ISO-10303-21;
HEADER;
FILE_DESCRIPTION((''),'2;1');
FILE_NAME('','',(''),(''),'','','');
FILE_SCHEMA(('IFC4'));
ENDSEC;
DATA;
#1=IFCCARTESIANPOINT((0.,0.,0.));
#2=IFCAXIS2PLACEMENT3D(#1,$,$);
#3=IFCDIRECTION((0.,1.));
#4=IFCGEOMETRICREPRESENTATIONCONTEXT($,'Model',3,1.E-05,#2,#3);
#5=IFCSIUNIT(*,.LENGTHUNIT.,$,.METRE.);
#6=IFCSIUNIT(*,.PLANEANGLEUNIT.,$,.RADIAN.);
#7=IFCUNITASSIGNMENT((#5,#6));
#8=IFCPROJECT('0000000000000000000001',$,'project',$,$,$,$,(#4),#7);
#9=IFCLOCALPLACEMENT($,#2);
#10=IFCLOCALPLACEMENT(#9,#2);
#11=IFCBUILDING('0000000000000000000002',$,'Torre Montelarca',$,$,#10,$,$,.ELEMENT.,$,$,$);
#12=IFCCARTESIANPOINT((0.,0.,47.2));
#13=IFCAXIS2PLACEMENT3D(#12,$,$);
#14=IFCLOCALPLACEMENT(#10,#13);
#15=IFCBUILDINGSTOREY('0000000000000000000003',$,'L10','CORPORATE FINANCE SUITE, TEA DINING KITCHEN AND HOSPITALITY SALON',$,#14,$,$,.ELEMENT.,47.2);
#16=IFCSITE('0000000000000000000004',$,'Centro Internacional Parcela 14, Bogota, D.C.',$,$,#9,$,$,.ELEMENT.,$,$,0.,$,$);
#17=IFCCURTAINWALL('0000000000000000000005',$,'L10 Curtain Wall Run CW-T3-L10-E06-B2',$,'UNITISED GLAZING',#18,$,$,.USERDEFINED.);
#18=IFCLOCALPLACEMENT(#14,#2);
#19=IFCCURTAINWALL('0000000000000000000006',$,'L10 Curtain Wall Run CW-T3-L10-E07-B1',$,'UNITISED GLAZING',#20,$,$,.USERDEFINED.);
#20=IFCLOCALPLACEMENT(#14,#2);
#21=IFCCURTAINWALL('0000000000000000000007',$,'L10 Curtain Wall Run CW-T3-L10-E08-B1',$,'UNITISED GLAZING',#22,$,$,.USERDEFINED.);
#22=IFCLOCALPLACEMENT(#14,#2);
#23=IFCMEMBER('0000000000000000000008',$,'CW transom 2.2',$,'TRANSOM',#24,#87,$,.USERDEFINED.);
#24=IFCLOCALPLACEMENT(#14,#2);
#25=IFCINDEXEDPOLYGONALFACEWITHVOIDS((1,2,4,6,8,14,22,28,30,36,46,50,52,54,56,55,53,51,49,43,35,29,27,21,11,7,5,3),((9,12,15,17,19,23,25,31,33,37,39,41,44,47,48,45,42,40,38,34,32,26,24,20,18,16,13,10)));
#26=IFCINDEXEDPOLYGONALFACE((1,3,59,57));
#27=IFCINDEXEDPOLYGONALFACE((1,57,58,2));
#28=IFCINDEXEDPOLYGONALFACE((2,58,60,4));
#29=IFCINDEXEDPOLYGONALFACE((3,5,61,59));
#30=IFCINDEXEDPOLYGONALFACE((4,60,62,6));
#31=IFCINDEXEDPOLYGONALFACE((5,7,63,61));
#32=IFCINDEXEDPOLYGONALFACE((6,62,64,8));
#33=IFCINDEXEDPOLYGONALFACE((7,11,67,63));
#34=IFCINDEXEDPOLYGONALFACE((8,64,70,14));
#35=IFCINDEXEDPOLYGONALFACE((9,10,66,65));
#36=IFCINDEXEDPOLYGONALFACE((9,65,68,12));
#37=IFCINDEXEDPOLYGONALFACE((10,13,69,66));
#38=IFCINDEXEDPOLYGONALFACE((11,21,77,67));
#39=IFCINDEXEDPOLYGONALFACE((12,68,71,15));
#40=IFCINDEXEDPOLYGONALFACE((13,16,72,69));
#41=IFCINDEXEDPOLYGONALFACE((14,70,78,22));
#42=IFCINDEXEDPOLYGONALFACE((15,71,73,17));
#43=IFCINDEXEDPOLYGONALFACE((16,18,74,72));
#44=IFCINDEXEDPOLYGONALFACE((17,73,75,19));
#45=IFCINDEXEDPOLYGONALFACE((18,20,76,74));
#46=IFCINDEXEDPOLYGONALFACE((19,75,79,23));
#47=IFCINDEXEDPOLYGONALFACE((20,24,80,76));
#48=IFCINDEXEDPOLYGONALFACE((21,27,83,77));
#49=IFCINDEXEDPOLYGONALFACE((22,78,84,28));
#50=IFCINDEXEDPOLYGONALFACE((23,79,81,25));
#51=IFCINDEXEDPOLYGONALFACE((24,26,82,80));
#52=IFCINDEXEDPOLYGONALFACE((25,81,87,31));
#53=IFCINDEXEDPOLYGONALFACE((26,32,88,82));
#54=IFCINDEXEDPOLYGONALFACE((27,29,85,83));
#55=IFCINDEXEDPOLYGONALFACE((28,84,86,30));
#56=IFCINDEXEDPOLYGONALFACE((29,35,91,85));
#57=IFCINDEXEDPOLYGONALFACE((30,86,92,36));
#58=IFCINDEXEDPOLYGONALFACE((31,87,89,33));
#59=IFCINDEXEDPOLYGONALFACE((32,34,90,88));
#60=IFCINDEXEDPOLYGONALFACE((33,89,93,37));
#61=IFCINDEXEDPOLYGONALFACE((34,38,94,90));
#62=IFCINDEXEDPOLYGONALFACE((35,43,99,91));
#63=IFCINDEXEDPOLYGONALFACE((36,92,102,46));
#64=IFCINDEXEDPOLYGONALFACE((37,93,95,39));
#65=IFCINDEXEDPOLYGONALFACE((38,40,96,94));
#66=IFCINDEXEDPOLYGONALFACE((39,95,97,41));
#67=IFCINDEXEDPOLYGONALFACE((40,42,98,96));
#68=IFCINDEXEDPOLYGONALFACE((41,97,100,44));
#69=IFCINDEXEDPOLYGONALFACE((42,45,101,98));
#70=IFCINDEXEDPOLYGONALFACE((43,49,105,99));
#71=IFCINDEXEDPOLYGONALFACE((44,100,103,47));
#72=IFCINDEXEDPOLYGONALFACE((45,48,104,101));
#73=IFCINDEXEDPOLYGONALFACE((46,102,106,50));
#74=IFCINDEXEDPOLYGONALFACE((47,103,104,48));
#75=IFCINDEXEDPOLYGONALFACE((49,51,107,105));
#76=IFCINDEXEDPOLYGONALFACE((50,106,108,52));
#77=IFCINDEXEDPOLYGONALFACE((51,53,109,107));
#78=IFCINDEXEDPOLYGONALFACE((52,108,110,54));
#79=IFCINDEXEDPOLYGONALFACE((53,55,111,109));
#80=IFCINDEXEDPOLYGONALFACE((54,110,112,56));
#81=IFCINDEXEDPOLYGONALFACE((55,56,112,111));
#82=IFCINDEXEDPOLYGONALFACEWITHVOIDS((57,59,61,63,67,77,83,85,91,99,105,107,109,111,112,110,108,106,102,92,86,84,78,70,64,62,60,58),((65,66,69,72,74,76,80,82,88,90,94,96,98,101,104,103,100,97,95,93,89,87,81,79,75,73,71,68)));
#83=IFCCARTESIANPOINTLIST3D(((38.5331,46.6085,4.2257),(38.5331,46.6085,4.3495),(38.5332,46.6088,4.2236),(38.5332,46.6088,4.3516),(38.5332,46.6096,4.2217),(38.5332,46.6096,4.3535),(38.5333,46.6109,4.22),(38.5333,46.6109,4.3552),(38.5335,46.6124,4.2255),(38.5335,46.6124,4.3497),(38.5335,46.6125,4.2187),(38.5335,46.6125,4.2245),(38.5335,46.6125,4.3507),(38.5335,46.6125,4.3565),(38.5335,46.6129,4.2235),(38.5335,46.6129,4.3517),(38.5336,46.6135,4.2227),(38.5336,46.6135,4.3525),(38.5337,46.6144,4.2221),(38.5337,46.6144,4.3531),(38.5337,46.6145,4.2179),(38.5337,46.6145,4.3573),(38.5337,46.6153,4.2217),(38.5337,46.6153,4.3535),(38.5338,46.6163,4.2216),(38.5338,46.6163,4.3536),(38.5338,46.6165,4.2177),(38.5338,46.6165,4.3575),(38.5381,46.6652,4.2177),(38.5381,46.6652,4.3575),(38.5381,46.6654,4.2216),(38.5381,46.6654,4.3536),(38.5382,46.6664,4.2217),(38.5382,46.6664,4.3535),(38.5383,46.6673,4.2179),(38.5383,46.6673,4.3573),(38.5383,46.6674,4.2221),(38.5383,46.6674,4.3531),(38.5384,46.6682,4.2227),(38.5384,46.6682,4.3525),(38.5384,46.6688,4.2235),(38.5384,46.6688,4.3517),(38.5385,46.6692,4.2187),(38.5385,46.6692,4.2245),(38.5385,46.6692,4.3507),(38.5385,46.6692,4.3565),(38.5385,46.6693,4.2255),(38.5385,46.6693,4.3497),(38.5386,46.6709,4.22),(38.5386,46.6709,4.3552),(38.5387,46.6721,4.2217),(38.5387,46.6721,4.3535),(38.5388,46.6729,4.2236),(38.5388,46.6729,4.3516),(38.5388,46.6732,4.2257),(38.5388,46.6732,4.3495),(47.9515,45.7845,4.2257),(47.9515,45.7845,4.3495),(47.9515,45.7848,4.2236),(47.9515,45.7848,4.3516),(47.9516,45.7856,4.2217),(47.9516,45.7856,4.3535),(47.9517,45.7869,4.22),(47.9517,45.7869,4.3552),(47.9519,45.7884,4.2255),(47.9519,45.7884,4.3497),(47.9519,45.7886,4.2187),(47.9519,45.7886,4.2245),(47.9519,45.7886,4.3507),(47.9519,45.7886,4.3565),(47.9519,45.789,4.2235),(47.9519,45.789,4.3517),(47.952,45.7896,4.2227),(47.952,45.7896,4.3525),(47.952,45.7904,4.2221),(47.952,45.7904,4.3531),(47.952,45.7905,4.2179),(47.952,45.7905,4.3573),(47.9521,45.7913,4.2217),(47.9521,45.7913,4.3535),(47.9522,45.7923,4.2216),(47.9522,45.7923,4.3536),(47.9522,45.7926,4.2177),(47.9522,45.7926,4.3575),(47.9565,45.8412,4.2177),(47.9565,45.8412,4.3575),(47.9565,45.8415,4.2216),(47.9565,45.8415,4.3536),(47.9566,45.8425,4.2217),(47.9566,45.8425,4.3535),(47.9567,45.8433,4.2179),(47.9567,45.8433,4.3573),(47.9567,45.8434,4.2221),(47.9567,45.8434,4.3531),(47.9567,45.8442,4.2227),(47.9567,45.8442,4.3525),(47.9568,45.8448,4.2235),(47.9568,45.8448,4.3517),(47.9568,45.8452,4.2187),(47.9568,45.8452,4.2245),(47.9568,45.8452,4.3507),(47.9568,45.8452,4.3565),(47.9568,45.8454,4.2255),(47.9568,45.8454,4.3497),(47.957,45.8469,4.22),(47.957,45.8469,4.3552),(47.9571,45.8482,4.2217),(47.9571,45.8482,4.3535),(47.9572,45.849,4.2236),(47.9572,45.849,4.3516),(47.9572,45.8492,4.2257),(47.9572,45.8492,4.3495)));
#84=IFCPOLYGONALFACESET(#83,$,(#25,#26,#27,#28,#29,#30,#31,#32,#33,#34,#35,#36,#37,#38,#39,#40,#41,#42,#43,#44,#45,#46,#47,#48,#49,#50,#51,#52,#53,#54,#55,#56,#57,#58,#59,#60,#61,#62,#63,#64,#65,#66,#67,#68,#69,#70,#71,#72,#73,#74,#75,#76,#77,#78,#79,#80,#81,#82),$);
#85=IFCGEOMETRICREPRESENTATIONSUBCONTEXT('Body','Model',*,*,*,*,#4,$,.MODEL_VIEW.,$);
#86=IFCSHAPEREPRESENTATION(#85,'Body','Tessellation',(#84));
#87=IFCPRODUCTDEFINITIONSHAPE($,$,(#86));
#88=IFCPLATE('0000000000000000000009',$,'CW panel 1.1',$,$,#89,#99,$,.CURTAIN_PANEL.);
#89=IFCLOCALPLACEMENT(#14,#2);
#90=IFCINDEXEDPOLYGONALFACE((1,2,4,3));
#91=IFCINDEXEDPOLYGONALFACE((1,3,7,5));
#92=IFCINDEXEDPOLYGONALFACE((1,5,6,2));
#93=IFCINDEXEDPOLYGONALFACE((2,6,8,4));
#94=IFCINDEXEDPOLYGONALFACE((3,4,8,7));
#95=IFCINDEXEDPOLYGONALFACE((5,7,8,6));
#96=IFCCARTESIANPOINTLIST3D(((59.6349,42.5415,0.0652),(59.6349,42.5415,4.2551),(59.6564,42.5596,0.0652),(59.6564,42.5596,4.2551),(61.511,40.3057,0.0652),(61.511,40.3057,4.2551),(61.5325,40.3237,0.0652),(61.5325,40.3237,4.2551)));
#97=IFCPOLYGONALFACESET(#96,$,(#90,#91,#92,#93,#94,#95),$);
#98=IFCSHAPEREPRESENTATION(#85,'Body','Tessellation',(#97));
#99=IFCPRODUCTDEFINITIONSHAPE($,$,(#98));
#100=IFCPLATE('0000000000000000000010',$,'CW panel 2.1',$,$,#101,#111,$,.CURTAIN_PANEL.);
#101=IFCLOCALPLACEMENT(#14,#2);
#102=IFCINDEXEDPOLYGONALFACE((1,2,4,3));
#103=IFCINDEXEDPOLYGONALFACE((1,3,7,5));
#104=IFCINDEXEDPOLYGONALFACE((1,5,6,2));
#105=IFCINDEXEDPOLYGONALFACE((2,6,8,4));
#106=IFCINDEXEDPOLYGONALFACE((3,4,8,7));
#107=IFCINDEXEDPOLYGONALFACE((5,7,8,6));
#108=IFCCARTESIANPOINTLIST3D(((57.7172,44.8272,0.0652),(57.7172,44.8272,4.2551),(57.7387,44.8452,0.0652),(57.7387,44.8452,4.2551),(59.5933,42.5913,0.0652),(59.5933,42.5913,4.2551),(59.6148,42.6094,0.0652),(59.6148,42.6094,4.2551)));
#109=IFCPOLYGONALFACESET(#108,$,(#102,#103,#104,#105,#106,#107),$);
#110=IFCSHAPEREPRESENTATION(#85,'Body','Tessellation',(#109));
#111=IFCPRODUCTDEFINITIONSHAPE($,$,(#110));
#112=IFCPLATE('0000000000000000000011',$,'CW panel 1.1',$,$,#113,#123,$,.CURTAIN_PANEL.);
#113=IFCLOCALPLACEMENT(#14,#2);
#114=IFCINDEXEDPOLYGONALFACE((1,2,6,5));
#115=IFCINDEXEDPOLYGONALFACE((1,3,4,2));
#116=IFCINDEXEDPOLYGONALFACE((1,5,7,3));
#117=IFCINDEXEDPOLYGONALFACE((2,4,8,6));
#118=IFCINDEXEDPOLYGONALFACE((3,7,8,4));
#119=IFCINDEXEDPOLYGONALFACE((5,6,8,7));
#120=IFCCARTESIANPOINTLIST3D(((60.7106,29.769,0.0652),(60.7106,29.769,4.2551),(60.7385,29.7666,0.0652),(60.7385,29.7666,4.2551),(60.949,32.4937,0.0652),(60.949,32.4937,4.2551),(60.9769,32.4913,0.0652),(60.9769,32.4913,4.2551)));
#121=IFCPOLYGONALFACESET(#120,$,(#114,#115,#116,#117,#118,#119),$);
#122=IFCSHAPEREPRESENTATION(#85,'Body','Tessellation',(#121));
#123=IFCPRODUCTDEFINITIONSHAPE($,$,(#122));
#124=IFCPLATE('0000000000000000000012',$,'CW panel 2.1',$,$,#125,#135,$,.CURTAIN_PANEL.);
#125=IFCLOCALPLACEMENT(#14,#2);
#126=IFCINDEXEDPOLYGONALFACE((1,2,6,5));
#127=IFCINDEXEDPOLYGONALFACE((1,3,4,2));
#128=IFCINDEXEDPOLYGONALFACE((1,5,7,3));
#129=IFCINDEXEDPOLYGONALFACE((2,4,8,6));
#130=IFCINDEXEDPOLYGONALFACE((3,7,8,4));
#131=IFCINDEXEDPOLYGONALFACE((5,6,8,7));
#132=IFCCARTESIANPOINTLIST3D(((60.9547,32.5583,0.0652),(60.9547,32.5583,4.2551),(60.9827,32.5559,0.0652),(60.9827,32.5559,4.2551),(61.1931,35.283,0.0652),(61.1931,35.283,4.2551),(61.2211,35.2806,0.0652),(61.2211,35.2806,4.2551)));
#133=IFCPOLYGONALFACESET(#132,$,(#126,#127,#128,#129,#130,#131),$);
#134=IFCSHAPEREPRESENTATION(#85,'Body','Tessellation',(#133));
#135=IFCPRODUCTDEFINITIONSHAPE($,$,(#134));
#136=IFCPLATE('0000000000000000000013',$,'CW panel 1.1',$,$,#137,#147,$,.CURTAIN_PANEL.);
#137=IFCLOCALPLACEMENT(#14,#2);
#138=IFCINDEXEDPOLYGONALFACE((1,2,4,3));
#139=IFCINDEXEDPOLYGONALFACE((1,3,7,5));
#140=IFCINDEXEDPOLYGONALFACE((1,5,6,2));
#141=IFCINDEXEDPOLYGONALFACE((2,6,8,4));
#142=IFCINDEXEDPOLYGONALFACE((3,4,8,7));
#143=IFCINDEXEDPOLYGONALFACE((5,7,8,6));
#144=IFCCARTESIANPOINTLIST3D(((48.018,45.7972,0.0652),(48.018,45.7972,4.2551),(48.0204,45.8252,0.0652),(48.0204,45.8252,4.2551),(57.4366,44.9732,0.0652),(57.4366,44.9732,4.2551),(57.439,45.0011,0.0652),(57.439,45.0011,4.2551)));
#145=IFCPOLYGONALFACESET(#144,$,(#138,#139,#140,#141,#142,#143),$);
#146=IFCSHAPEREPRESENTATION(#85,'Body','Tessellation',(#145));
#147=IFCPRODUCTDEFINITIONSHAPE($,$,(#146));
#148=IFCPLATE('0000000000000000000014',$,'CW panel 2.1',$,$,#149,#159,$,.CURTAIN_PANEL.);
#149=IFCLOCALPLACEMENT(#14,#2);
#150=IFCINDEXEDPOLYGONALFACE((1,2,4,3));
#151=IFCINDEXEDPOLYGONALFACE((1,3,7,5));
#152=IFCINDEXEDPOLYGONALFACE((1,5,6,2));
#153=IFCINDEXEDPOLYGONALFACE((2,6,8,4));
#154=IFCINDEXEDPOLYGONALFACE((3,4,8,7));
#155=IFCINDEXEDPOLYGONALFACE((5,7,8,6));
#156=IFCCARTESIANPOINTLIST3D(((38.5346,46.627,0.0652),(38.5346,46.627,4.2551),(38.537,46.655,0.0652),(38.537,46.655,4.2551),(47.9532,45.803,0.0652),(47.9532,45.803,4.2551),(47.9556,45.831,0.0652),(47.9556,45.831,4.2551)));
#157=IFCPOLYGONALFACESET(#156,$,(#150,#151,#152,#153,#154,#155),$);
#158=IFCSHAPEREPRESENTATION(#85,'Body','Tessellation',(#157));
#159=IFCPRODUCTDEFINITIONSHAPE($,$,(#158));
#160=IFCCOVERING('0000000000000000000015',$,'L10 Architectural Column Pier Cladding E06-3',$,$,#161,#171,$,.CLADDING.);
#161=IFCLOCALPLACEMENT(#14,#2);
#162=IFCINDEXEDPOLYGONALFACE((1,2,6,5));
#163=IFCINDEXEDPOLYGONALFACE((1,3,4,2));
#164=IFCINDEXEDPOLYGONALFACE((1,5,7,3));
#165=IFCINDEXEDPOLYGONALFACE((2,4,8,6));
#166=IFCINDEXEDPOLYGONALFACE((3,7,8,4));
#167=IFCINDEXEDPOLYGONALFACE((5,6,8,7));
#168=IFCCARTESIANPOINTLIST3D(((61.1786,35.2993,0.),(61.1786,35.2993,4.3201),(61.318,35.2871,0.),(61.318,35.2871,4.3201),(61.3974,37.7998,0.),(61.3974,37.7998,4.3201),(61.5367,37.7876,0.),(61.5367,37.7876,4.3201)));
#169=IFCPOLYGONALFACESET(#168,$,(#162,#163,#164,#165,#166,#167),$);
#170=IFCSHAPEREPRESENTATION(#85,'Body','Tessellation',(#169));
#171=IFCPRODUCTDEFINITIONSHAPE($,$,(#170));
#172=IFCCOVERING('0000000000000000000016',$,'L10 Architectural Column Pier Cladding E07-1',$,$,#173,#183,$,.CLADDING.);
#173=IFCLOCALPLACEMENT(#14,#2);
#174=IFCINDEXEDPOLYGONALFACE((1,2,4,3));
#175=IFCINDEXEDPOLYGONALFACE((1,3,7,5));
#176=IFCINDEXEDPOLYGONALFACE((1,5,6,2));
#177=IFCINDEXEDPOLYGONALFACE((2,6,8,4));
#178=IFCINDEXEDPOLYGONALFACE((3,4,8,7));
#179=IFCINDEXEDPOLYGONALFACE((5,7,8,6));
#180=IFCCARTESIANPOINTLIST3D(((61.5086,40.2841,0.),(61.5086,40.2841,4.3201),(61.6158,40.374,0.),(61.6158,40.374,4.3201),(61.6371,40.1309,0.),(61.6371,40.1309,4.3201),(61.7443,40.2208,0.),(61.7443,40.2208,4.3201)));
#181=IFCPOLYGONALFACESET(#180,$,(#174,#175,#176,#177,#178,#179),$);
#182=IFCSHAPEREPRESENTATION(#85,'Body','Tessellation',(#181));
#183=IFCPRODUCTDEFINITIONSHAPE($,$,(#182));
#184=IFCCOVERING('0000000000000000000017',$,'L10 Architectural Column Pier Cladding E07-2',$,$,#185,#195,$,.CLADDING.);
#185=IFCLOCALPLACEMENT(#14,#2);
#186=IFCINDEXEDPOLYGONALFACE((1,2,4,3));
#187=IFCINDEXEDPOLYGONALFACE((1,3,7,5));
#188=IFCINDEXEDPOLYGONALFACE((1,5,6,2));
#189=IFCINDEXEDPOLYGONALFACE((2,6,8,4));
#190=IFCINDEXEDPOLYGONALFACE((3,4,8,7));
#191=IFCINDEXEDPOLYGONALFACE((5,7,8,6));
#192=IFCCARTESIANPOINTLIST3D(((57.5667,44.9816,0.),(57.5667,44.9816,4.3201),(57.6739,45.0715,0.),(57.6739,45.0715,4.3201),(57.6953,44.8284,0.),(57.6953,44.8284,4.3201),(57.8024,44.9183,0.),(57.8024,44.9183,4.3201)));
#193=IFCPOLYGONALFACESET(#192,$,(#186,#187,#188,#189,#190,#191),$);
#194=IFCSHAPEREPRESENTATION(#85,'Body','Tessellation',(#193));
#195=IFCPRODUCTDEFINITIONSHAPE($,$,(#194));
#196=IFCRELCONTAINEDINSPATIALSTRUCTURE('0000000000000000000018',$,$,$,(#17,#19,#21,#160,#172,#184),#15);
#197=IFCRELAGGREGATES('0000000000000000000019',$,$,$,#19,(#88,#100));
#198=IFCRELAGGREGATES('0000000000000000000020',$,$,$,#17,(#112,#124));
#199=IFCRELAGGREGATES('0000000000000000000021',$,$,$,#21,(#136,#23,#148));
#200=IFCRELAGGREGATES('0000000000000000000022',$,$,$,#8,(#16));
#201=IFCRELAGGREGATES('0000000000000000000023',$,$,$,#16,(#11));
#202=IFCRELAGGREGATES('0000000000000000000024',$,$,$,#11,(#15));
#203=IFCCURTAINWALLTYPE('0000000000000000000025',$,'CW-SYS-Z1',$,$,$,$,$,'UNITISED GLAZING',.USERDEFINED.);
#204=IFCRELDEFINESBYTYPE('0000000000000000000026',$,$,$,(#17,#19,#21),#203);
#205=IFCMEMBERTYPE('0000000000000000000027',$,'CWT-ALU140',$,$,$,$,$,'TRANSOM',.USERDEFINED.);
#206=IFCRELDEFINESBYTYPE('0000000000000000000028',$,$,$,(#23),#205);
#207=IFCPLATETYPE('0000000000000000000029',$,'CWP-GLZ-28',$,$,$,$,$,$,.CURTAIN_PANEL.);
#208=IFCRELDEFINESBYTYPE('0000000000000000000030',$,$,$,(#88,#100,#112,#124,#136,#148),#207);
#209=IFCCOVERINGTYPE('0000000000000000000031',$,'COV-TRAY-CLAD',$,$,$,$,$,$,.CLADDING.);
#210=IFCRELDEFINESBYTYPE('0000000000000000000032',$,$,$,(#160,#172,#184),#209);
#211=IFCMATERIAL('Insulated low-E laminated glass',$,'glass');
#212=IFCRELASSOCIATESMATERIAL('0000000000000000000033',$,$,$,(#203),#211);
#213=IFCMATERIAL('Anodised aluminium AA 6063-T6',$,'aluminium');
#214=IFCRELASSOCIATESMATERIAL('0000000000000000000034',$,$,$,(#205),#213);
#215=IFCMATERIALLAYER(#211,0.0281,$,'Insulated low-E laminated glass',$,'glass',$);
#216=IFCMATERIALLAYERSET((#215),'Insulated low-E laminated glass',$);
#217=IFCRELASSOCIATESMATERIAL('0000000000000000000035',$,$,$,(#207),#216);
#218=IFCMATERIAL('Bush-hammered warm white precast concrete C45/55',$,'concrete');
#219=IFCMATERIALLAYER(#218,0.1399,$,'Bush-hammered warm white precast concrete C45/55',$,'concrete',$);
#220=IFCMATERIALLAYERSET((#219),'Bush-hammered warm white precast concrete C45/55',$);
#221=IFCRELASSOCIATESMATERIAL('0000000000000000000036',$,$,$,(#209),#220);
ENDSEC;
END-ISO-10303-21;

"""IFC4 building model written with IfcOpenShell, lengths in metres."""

from ifc_helpers import new_model, si_unit, direction, frame, origin, origin_2d, place, context, subcontext, project, spatial, rectangle, hollow_rectangle, extrude, source, transform, mapped, material, layer, layer_set, material_profile, profile_set, type_object, element, aggregate, save


model = new_model("IFC4")

# Units and contexts
model_context = context("Model", 3, precision=1e-05, world=origin(), true_north=direction((0.0, 1.0)))
body_context = subcontext(model_context, "Body", "Model", "MODEL_VIEW")
ifc_project = project(units=[si_unit("LENGTHUNIT", "METRE"), si_unit("PLANEANGLEUNIT", "RADIAN")], contexts=[model_context])

# Site, building, storey
site_placement = place(None, origin())
site = spatial("IfcSite", under=ifc_project, at=site_placement, Name="Centro Internacional Parcela 14, Bogota, D.C.", CompositionType="ELEMENT", RefElevation=0.0)
building_placement = place(site_placement, origin())
building = spatial("IfcBuilding", under=site, at=building_placement, Name="Torre Montelarca", CompositionType="ELEMENT")
storey_placement = place(building_placement, frame((0.0, 0.0, 47.2)))
storey = spatial("IfcBuildingStorey", under=building, at=storey_placement, Name="L10", Description="CORPORATE FINANCE SUITE, TEA DINING KITCHEN AND HOSPITALITY SALON", CompositionType="ELEMENT", Elevation=47.2)

# Curtain walls
ifc_material_1 = material(Name="Insulated low-E laminated glass", Category="glass")
curtain_wall_type = type_object("IfcCurtainWallType", Name="CW-SYS-Z1", ElementType="UNITISED GLAZING", PredefinedType="USERDEFINED", material=ifc_material_1)
curtain_wall_1_placement = place(storey_placement, origin())
curtain_wall_1 = element("IfcCurtainWall", 1, at=curtain_wall_1_placement, inside=storey, type_object=curtain_wall_type, Name="L10 Curtain Wall Run CW-T3-L10-E06-B2", ObjectType="UNITISED GLAZING", PredefinedType="USERDEFINED")
ifc_material_2 = material(Name="Anodised aluminium AA 6063-T6", Category="aluminium")
curtain_wall_2_placement = place(storey_placement, origin())
curtain_wall_2 = element("IfcCurtainWall", 2, at=curtain_wall_2_placement, inside=storey, type_object=curtain_wall_type, Name="L10 Curtain Wall Run CW-T3-L10-E07-B1", ObjectType="UNITISED GLAZING", PredefinedType="USERDEFINED")
curtain_wall_3_placement = place(storey_placement, origin())
curtain_wall_3 = element("IfcCurtainWall", 3, at=curtain_wall_3_placement, inside=storey, type_object=curtain_wall_type, Name="L10 Curtain Wall Run CW-T3-L10-E08-B1", ObjectType="UNITISED GLAZING", PredefinedType="USERDEFINED")

# Member
ifc_material_profile_1 = material_profile(ifc_material_2, hollow_rectangle(XDim=0.0649, YDim=0.1399, WallThickness=0.0039, InnerFilletRadius=0.0039, OuterFilletRadius=0.0081, at=origin_2d()), Name="ALU65X140X4", Category="aluminium")
ifc_profile_set_1 = profile_set([ifc_material_profile_1], Name="Anodised aluminium AA 6063-T6")
member_type_1 = type_object("IfcMemberType", Name="CWT-ALU140", ElementType="TRANSOM", PredefinedType="USERDEFINED", material=ifc_profile_set_1)
shared_shape_1 = source(origin(), body_context, "Body", "SweptSolid", [
    extrude(hollow_rectangle(XDim=0.0649, YDim=0.1399, WallThickness=0.0039, InnerFilletRadius=0.0039, OuterFilletRadius=0.0081, at=origin_2d()), origin(), (0.0, 0.0, 1.0), 9.4543),
])
member_1_placement = place(storey_placement, frame((47.9543, 45.8169, 4.2876), z_axis=(-0.996195, 0.087152, 0.0), x_axis=(-0.087152, -0.996195, 0.0)))
member_1 = element("IfcMember", 4, at=member_1_placement, type_object=member_type_1, Name="CW transom 2.2", ObjectType="TRANSOM", PredefinedType="USERDEFINED", context=body_context, shape_type="MappedRepresentation", body=[
    mapped(shared_shape_1, transform((0.0, 0.0, 0.0), scale=1.0)),
])

# Plates
ifc_layer_1 = layer(ifc_material_1, 0.0281, Name="Insulated low-E laminated glass", Category="glass")
ifc_layer_set_1 = layer_set([ifc_layer_1], Name="Insulated low-E laminated glass")
plate_type = type_object("IfcPlateType", Name="CWP-GLZ-28", PredefinedType="CURTAIN_PANEL", material=ifc_layer_set_1)
shared_shape_2 = source(origin(), body_context, "Body", "SweptSolid", [
    extrude(rectangle(XDim=2.9187, YDim=0.0281, at=origin_2d()), origin(), (0.0, 0.0, 1.0), 4.1899),
])
plate_1_placement = place(storey_placement, frame((60.5837, 41.4326, 0.0652), z_axis=(0.0, 0.0, 1.0), x_axis=(-0.64279, 0.766043, 0.0)))
plate_1 = element("IfcPlate", 5, at=plate_1_placement, type_object=plate_type, Name="CW panel 1.1", PredefinedType="CURTAIN_PANEL", context=body_context, shape_type="MappedRepresentation", body=[
    mapped(shared_shape_2, transform((0.0, 0.0, 0.0), scale=1.0)),
])
plate_2_placement = place(storey_placement, frame((58.666, 43.7183, 0.0652), z_axis=(0.0, 0.0, 1.0), x_axis=(-0.64279, 0.766043, 0.0)))
plate_2 = element("IfcPlate", 6, at=plate_2_placement, type_object=plate_type, Name="CW panel 2.1", PredefinedType="CURTAIN_PANEL", context=body_context, shape_type="MappedRepresentation", body=[
    mapped(shared_shape_2, transform((0.0, 0.0, 0.0), scale=1.0)),
])
aggregate(curtain_wall_2, [plate_1, plate_2])
shared_shape_3 = source(origin(), body_context, "Body", "SweptSolid", [
    extrude(rectangle(XDim=2.7351, YDim=0.0281, at=origin_2d()), origin(), (0.0, 0.0, 1.0), 4.1899),
])
plate_3_placement = place(storey_placement, frame((60.8438, 31.1301, 0.0652), z_axis=(0.0, 0.0, 1.0), x_axis=(0.087166, 0.996194, 0.0)))
plate_3 = element("IfcPlate", 7, at=plate_3_placement, type_object=plate_type, Name="CW panel 1.1", PredefinedType="CURTAIN_PANEL", context=body_context, shape_type="MappedRepresentation", body=[
    mapped(shared_shape_3, transform((0.0, 0.0, 0.0), scale=1.0)),
])
plate_4_placement = place(storey_placement, frame((61.0879, 33.9194, 0.0652), z_axis=(0.0, 0.0, 1.0), x_axis=(0.087166, 0.996194, 0.0)))
plate_4 = element("IfcPlate", 8, at=plate_4_placement, type_object=plate_type, Name="CW panel 2.1", PredefinedType="CURTAIN_PANEL", context=body_context, shape_type="MappedRepresentation", body=[
    mapped(shared_shape_3, transform((0.0, 0.0, 0.0), scale=1.0)),
])
aggregate(curtain_wall_1, [plate_3, plate_4])
shared_shape_4 = source(origin(), body_context, "Body", "SweptSolid", [
    extrude(rectangle(XDim=9.4546, YDim=0.0281, at=origin_2d()), origin(), (0.0, 0.0, 1.0), 4.1899),
])
plate_5_placement = place(storey_placement, frame((52.7285, 45.3992, 0.0652), z_axis=(0.0, 0.0, 1.0), x_axis=(-0.996194, 0.087159, 0.0)))
plate_5 = element("IfcPlate", 9, at=plate_5_placement, type_object=plate_type, Name="CW panel 1.1", PredefinedType="CURTAIN_PANEL", context=body_context, shape_type="MappedRepresentation", body=[
    mapped(shared_shape_4, transform((0.0, 0.0, 0.0), scale=1.0)),
])
plate_6_placement = place(storey_placement, frame((43.2451, 46.229, 0.0652), z_axis=(0.0, 0.0, 1.0), x_axis=(-0.996194, 0.087159, 0.0)))
plate_6 = element("IfcPlate", 10, at=plate_6_placement, type_object=plate_type, Name="CW panel 2.1", PredefinedType="CURTAIN_PANEL", context=body_context, shape_type="MappedRepresentation", body=[
    mapped(shared_shape_4, transform((0.0, 0.0, 0.0), scale=1.0)),
])
aggregate(curtain_wall_3, [plate_5, member_1, plate_6])

# Coverings
ifc_material_3 = material(Name="Bush-hammered warm white precast concrete C45/55", Category="concrete")
ifc_layer_2 = layer(ifc_material_3, 0.1399, Name="Bush-hammered warm white precast concrete C45/55", Category="concrete")
ifc_layer_set_2 = layer_set([ifc_layer_2], Name="Bush-hammered warm white precast concrete C45/55")
covering_type = type_object("IfcCoveringType", Name="COV-TRAY-CLAD", PredefinedType="CLADDING", material=ifc_layer_set_2)
shared_shape_5 = source(origin(), body_context, "Body", "SweptSolid", [
    extrude(rectangle(XDim=2.51, YDim=0.1399, at=origin_2d()), origin(), (0.0, 0.0, 1.0), 4.3201),
])
covering_1_placement = place(storey_placement, frame((61.3577, 36.5435, 0.0), z_axis=(0.0, 0.0, 1.0), x_axis=(0.087161, 0.996194, 0.0)))
element("IfcCovering", 11, at=covering_1_placement, inside=storey, type_object=covering_type, Name="L10 Architectural Column Pier Cladding E06-3", PredefinedType="CLADDING", context=body_context, shape_type="MappedRepresentation", body=[
    mapped(shared_shape_5, transform((0.0, 0.0, 0.0), scale=1.0)),
])
shared_shape_6 = source(origin(), body_context, "Body", "SweptSolid", [
    extrude(rectangle(XDim=0.2, YDim=0.1399, at=origin_2d()), origin(), (0.0, 0.0, 1.0), 4.3201),
])
for number, where, z_axis, x_axis, name in (
    (12, (61.6265, 40.2524, 0.0), (0.0, 0.0, 1.0), (-0.642794, 0.766039, 0.0), "L10 Architectural Column Pier Cladding E07-1"),
    (13, (57.6846, 44.95, 0.0), (0.0, 0.0, 1.0), (-0.642794, 0.766039, 0.0), "L10 Architectural Column Pier Cladding E07-2"),
):
    element("IfcCovering", number, at=place(storey_placement, frame(where, z_axis=z_axis, x_axis=x_axis)), inside=storey, type_object=covering_type, Name=name, PredefinedType="CLADDING", context=body_context, shape_type="MappedRepresentation", body=[
        mapped(shared_shape_6, transform((0.0, 0.0, 0.0), scale=1.0)),
    ])

save(model, "model.ifc")
